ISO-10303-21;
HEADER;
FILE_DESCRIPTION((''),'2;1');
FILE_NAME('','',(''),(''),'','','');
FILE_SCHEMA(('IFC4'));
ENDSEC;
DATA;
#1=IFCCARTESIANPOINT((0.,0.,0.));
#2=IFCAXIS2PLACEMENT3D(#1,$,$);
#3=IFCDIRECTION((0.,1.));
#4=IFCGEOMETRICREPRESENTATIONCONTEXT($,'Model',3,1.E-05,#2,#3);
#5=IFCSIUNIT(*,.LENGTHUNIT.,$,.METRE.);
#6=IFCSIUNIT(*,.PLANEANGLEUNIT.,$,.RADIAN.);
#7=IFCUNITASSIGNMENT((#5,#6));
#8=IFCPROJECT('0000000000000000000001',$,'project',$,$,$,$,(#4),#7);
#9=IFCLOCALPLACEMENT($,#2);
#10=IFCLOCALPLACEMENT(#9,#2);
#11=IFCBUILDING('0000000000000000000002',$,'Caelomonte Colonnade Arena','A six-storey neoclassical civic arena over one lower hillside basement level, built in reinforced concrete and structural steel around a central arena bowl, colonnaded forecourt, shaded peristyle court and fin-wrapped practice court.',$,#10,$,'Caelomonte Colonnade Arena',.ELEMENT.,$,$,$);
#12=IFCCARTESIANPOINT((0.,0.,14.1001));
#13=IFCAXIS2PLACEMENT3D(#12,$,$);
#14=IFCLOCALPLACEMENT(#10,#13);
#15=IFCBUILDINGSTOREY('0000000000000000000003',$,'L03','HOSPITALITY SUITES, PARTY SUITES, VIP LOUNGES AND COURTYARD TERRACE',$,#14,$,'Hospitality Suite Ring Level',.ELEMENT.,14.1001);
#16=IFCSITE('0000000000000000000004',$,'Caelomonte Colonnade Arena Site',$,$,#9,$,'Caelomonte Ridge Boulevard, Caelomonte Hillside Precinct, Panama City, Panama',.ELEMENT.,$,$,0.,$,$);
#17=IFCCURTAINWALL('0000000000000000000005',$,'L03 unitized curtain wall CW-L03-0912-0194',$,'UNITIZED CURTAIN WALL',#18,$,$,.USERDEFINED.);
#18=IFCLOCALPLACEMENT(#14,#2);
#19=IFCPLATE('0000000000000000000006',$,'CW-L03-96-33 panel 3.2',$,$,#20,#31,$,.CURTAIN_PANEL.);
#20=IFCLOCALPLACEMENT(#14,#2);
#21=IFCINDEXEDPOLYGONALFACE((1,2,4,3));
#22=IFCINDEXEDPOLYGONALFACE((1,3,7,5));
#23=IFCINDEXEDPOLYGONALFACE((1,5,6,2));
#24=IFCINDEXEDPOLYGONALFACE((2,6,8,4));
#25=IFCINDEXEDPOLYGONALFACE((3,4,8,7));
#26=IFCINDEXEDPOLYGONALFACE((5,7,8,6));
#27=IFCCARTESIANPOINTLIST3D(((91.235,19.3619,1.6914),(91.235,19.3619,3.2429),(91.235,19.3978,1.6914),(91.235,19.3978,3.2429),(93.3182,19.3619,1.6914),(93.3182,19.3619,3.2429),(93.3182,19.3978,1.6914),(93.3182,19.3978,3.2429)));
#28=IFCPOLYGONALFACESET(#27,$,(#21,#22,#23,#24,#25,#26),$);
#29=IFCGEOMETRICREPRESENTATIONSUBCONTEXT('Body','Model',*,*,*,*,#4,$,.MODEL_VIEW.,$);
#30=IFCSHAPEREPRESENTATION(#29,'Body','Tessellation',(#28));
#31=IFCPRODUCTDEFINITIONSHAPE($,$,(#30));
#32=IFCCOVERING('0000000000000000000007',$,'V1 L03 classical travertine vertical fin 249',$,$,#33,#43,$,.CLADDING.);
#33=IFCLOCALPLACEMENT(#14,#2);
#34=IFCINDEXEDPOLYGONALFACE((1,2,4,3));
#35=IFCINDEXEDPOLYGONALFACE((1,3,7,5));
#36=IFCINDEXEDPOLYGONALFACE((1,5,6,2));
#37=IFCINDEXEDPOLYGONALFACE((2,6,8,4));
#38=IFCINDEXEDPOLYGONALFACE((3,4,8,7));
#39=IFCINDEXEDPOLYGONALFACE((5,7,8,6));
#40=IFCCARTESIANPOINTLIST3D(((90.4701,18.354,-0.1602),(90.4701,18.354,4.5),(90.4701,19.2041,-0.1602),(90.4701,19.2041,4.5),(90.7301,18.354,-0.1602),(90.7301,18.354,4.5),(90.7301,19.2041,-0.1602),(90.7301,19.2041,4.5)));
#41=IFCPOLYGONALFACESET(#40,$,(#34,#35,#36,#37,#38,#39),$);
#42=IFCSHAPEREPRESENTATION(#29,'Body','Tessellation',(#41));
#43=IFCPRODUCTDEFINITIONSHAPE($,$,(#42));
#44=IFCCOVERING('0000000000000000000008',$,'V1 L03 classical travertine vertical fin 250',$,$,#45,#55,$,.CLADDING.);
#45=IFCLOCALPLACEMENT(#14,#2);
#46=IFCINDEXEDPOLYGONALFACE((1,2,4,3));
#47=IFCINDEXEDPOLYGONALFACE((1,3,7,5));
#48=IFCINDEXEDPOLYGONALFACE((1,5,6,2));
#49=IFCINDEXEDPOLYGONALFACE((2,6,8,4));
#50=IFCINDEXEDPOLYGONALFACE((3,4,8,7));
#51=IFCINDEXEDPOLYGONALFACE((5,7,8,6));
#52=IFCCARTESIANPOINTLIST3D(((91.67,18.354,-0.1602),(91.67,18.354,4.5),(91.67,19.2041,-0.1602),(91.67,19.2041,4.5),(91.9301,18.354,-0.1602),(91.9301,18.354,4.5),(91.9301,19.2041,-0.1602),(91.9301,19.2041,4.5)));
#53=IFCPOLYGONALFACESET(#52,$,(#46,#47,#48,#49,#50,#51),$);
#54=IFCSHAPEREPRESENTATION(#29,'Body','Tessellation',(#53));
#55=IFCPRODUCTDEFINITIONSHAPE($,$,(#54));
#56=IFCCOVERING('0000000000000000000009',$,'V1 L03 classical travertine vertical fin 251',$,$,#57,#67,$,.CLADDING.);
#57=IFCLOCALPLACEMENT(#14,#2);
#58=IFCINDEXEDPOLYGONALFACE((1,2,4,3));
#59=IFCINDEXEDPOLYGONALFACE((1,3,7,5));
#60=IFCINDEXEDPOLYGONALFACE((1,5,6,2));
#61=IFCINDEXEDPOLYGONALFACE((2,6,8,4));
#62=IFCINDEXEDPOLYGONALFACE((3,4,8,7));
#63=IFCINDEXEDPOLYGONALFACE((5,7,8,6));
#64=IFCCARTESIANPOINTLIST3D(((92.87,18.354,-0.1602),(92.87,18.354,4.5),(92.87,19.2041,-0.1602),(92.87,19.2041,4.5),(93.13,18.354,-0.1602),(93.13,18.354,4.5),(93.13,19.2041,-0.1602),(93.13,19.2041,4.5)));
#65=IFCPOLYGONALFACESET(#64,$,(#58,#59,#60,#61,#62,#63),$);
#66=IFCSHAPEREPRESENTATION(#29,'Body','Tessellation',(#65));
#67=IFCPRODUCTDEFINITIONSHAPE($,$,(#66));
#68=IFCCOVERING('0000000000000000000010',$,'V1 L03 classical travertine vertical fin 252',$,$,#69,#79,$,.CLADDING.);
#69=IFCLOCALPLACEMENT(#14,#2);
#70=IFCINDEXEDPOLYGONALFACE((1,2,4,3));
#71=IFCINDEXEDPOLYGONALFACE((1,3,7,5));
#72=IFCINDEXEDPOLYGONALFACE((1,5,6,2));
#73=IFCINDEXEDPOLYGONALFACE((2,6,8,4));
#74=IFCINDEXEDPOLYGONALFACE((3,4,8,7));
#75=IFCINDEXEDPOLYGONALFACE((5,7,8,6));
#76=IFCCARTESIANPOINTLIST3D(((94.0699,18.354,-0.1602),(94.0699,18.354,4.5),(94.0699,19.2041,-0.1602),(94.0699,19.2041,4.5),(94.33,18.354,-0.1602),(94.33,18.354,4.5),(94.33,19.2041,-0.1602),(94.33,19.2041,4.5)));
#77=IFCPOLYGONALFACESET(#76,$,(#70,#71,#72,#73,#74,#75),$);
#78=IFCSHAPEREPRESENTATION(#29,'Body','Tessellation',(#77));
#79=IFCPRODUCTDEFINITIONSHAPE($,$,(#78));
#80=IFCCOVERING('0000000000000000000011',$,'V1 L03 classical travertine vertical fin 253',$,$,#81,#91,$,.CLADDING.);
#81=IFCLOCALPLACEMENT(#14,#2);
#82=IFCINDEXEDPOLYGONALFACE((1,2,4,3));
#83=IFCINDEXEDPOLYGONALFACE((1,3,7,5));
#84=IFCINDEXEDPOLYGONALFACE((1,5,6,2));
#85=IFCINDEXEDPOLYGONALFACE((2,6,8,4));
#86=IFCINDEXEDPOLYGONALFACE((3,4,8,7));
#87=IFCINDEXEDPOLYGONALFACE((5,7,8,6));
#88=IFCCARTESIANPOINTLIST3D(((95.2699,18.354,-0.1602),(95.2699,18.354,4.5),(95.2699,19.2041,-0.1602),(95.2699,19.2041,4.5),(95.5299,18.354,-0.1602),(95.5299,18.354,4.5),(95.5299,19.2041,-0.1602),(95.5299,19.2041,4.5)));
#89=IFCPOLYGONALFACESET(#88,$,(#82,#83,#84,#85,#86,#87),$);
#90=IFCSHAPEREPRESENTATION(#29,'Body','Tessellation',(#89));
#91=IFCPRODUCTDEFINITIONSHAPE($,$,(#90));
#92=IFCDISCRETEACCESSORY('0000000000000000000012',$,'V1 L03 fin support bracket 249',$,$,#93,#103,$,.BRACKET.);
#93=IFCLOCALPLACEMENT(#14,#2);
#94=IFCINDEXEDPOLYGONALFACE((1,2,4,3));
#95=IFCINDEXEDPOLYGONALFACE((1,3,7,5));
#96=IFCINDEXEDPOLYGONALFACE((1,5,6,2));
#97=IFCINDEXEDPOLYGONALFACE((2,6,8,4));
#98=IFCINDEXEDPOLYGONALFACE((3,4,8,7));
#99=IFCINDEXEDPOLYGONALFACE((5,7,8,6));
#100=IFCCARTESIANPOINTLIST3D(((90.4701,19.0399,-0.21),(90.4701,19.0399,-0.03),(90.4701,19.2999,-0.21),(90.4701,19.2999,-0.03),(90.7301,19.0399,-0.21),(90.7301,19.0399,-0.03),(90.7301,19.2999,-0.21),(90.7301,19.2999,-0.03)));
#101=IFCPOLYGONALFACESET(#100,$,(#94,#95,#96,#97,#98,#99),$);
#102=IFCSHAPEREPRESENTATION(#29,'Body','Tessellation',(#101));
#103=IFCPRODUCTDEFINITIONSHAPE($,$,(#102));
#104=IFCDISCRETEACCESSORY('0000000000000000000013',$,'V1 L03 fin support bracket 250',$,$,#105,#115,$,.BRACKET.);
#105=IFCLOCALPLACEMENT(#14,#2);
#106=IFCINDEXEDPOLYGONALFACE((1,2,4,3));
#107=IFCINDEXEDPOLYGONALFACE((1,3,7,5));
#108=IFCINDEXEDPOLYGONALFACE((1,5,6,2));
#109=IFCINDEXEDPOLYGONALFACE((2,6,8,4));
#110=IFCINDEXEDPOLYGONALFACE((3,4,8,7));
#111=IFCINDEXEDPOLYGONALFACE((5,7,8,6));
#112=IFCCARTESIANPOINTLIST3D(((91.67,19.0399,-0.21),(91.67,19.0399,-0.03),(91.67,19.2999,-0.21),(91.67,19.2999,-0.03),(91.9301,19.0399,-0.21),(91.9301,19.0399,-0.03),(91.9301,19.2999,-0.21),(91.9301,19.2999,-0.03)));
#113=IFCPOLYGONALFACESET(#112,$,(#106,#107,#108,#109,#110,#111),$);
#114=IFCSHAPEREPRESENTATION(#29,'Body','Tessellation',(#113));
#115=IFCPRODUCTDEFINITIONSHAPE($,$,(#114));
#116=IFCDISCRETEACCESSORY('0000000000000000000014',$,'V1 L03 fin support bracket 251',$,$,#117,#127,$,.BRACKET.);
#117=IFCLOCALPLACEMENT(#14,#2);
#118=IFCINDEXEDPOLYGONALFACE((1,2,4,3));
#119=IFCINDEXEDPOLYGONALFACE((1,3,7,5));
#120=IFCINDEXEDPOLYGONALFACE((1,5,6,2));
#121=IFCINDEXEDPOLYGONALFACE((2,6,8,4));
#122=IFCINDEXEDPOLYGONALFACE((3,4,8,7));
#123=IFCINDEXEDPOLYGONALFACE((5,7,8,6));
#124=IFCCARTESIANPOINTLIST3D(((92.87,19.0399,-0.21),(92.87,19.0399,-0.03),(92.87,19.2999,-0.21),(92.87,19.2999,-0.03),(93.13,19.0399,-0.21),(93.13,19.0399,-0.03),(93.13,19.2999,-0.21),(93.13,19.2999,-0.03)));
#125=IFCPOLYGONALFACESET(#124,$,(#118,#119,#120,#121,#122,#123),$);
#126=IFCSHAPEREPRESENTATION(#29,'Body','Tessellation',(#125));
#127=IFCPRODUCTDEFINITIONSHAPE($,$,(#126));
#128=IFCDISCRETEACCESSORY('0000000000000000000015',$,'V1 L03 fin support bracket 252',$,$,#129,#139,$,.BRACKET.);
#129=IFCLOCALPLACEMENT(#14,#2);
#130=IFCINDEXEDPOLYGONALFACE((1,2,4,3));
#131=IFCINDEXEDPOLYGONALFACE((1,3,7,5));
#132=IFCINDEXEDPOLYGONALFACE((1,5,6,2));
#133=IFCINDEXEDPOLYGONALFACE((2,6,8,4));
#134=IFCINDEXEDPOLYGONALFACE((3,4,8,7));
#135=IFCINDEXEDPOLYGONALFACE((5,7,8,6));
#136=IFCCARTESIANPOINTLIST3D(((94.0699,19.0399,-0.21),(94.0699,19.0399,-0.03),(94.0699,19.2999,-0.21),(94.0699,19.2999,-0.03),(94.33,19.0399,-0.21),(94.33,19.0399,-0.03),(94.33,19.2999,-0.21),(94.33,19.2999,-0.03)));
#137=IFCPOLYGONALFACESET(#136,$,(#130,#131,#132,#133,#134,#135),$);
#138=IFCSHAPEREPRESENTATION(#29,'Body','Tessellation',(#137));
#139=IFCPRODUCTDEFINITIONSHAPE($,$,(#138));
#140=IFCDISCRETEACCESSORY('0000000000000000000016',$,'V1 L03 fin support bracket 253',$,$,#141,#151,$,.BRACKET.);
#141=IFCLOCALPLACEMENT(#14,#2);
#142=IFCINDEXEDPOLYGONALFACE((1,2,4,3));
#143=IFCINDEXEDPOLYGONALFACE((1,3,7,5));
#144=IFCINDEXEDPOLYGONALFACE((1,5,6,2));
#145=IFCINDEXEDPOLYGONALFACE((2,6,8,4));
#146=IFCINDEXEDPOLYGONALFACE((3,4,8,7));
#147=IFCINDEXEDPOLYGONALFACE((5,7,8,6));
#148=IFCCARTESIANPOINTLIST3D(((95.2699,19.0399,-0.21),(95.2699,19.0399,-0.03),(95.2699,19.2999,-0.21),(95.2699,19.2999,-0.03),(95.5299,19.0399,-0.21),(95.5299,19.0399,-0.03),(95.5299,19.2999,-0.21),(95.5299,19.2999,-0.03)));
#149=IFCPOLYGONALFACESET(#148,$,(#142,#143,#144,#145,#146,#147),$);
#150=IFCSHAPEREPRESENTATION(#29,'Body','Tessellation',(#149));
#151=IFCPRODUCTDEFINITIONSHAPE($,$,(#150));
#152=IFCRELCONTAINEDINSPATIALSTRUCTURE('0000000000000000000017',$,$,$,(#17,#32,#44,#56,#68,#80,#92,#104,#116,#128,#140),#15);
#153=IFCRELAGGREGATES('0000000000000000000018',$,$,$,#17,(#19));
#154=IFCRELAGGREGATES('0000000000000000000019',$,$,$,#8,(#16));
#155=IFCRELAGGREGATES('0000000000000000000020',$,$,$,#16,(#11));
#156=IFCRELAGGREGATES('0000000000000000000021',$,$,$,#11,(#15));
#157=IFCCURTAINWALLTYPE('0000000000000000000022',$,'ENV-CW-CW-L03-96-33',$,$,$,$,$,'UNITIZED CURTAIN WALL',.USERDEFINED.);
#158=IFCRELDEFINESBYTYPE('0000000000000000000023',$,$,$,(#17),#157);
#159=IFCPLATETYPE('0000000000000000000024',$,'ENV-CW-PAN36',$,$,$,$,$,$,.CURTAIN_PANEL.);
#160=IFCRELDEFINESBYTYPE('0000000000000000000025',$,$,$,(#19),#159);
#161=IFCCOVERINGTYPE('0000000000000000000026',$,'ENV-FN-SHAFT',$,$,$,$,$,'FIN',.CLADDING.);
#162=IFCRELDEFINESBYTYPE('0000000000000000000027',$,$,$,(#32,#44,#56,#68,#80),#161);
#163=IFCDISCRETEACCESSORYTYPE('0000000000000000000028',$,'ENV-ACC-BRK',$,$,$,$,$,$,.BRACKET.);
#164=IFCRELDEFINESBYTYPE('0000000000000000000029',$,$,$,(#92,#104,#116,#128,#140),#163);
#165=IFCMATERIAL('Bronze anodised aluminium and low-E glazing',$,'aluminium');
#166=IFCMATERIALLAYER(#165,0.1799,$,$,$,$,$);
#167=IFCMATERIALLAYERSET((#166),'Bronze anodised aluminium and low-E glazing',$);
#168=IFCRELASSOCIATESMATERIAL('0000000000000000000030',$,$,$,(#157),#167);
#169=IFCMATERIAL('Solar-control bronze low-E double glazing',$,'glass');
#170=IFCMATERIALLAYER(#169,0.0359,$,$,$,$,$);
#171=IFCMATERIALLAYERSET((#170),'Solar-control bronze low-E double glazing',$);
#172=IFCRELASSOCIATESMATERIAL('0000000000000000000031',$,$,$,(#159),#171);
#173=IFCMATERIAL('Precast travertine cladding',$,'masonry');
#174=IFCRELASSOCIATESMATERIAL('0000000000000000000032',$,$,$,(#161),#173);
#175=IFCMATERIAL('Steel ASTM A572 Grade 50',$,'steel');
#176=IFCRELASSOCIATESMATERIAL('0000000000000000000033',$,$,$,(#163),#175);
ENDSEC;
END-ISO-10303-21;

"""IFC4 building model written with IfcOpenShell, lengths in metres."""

from ifc_helpers import new_model, si_unit, direction, frame, origin, origin_2d, place, context, subcontext, project, spatial, rectangle, extrude, material, layer, layer_set, material_profile, profile_set, type_object, element, aggregate, save


model = new_model("IFC4")

# Units and contexts
model_context = context("Model", 3, precision=1e-05, world=origin(), true_north=direction((0.0, 1.0)))
body_context = subcontext(model_context, "Body", "Model", "MODEL_VIEW")
ifc_project = project(units=[si_unit("LENGTHUNIT", "METRE"), si_unit("PLANEANGLEUNIT", "RADIAN")], contexts=[model_context])

# Site, building, storey
site_placement = place(None, origin())
site = spatial("IfcSite", under=ifc_project, at=site_placement, Name="Caelomonte Colonnade Arena Site", LongName="Caelomonte Ridge Boulevard, Caelomonte Hillside Precinct, Panama City, Panama", CompositionType="ELEMENT", RefElevation=0.0)
building_placement = place(site_placement, origin())
building = spatial("IfcBuilding", under=site, at=building_placement, Name="Caelomonte Colonnade Arena", Description="A six-storey neoclassical civic arena over one lower hillside basement level, built in reinforced concrete and structural steel around a central arena bowl, colonnaded forecourt, shaded peristyle court and fin-wrapped practice court.", LongName="Caelomonte Colonnade Arena", CompositionType="ELEMENT")
storey_placement = place(building_placement, frame((0.0, 0.0, 14.1001)))
storey = spatial("IfcBuildingStorey", under=building, at=storey_placement, Name="L03", Description="HOSPITALITY SUITES, PARTY SUITES, VIP LOUNGES AND COURTYARD TERRACE", LongName="Hospitality Suite Ring Level", CompositionType="ELEMENT", Elevation=14.1001)

# Curtain wall
ifc_material_1 = material(Name="Bronze anodised aluminium and low-E glazing", Category="aluminium")
ifc_layer_1 = layer(ifc_material_1, 0.1799)
ifc_layer_set_1 = layer_set([ifc_layer_1], Name="Bronze anodised aluminium and low-E glazing")
curtain_wall_type = type_object("IfcCurtainWallType", Name="ENV-CW-CW-L03-96-33", ElementType="UNITIZED CURTAIN WALL", PredefinedType="USERDEFINED", material=ifc_layer_set_1)
curtain_wall_placement = place(storey_placement, origin())
curtain_wall = element("IfcCurtainWall", 1, at=curtain_wall_placement, inside=storey, type_object=curtain_wall_type, Name="L03 unitized curtain wall CW-L03-0912-0194", ObjectType="UNITIZED CURTAIN WALL", PredefinedType="USERDEFINED")

# Plate
ifc_material_2 = material(Name="Solar-control bronze low-E double glazing", Category="glass")
ifc_layer_2 = layer(ifc_material_2, 0.0359)
ifc_layer_set_2 = layer_set([ifc_layer_2], Name="Solar-control bronze low-E double glazing")
plate_type = type_object("IfcPlateType", Name="ENV-CW-PAN36", PredefinedType="CURTAIN_PANEL", material=ifc_layer_set_2)
plate_1_placement = place(storey_placement, frame((92.2766, 19.3799, 1.6914), z_axis=(0.0, 0.0, 1.0), x_axis=(1.0, 0.0, 0.0)))
plate_1 = element("IfcPlate", 2, at=plate_1_placement, type_object=plate_type, Name="CW-L03-96-33 panel 3.2", PredefinedType="CURTAIN_PANEL", context=body_context, shape_type="SweptSolid", body=[
    extrude(rectangle(XDim=2.0833, YDim=0.0359, at=origin_2d()), origin(), (0.0, 0.0, 1.0), 1.5515),
])
aggregate(curtain_wall, [plate_1])

# Coverings
ifc_material_3 = material(Name="Precast travertine cladding", Category="masonry")
ifc_material_profile_1 = material_profile(ifc_material_3, rectangle(XDim=0.26, YDim=0.8501, at=origin_2d()), Name="FIN260X850")
ifc_profile_set_1 = profile_set([ifc_material_profile_1], Name="Precast travertine cladding")
covering_type = type_object("IfcCoveringType", Name="ENV-FN-SHAFT", ElementType="FIN", PredefinedType="CLADDING", material=ifc_profile_set_1)
for number, where, z_axis, x_axis, name in (
    (3, (90.6001, 18.7791, -0.1602), (0.0, 0.0, 1.0), (-1.0, 0.0, 0.0), "V1 L03 classical travertine vertical fin 249"),
    (4, (91.8, 18.7791, -0.1602), (0.0, 0.0, 1.0), (-1.0, 0.0, 0.0), "V1 L03 classical travertine vertical fin 250"),
    (5, (93.0, 18.7791, -0.1602), (0.0, 0.0, 1.0), (-1.0, 0.0, 0.0), "V1 L03 classical travertine vertical fin 251"),
    (6, (94.2, 18.7791, -0.1602), (0.0, 0.0, 1.0), (-1.0, 0.0, 0.0), "V1 L03 classical travertine vertical fin 252"),
    (7, (95.3999, 18.7791, -0.1602), (0.0, 0.0, 1.0), (-1.0, 0.0, 0.0), "V1 L03 classical travertine vertical fin 253"),
):
    element("IfcCovering", number, at=place(storey_placement, frame(where, z_axis=z_axis, x_axis=x_axis)), inside=storey, type_object=covering_type, Name=name, PredefinedType="CLADDING", context=body_context, shape_type="SweptSolid", body=[
        extrude(rectangle(XDim=0.26, YDim=0.8501, at=origin_2d()), origin(), (0.0, 0.0, 1.0), 4.6602),
    ])

# Discrete accessories
ifc_material_4 = material(Name="Steel ASTM A572 Grade 50", Category="steel")
discrete_accessory_type = type_object("IfcDiscreteAccessoryType", Name="ENV-ACC-BRK", PredefinedType="BRACKET", material=ifc_material_4)
for number, where, z_axis, x_axis, name in (
    (8, (90.6001, 19.1699, -0.21), (0.0, 0.0, 1.0), (1.0, 0.0, 0.0), "V1 L03 fin support bracket 249"),
    (9, (91.8, 19.1699, -0.21), (0.0, 0.0, 1.0), (1.0, 0.0, 0.0), "V1 L03 fin support bracket 250"),
    (10, (93.0, 19.1699, -0.21), (0.0, 0.0, 1.0), (1.0, 0.0, 0.0), "V1 L03 fin support bracket 251"),
    (11, (94.2, 19.1699, -0.21), (0.0, 0.0, 1.0), (1.0, 0.0, 0.0), "V1 L03 fin support bracket 252"),
    (12, (95.3999, 19.1699, -0.21), (0.0, 0.0, 1.0), (1.0, 0.0, 0.0), "V1 L03 fin support bracket 253"),
):
    element("IfcDiscreteAccessory", number, at=place(storey_placement, frame(where, z_axis=z_axis, x_axis=x_axis)), inside=storey, type_object=discrete_accessory_type, Name=name, PredefinedType="BRACKET", context=body_context, shape_type="SweptSolid", body=[
        extrude(rectangle(XDim=0.26, YDim=0.26, at=origin_2d()), origin(), (0.0, 0.0, 1.0), 0.1799),
    ])

save(model, "model.ifc")
